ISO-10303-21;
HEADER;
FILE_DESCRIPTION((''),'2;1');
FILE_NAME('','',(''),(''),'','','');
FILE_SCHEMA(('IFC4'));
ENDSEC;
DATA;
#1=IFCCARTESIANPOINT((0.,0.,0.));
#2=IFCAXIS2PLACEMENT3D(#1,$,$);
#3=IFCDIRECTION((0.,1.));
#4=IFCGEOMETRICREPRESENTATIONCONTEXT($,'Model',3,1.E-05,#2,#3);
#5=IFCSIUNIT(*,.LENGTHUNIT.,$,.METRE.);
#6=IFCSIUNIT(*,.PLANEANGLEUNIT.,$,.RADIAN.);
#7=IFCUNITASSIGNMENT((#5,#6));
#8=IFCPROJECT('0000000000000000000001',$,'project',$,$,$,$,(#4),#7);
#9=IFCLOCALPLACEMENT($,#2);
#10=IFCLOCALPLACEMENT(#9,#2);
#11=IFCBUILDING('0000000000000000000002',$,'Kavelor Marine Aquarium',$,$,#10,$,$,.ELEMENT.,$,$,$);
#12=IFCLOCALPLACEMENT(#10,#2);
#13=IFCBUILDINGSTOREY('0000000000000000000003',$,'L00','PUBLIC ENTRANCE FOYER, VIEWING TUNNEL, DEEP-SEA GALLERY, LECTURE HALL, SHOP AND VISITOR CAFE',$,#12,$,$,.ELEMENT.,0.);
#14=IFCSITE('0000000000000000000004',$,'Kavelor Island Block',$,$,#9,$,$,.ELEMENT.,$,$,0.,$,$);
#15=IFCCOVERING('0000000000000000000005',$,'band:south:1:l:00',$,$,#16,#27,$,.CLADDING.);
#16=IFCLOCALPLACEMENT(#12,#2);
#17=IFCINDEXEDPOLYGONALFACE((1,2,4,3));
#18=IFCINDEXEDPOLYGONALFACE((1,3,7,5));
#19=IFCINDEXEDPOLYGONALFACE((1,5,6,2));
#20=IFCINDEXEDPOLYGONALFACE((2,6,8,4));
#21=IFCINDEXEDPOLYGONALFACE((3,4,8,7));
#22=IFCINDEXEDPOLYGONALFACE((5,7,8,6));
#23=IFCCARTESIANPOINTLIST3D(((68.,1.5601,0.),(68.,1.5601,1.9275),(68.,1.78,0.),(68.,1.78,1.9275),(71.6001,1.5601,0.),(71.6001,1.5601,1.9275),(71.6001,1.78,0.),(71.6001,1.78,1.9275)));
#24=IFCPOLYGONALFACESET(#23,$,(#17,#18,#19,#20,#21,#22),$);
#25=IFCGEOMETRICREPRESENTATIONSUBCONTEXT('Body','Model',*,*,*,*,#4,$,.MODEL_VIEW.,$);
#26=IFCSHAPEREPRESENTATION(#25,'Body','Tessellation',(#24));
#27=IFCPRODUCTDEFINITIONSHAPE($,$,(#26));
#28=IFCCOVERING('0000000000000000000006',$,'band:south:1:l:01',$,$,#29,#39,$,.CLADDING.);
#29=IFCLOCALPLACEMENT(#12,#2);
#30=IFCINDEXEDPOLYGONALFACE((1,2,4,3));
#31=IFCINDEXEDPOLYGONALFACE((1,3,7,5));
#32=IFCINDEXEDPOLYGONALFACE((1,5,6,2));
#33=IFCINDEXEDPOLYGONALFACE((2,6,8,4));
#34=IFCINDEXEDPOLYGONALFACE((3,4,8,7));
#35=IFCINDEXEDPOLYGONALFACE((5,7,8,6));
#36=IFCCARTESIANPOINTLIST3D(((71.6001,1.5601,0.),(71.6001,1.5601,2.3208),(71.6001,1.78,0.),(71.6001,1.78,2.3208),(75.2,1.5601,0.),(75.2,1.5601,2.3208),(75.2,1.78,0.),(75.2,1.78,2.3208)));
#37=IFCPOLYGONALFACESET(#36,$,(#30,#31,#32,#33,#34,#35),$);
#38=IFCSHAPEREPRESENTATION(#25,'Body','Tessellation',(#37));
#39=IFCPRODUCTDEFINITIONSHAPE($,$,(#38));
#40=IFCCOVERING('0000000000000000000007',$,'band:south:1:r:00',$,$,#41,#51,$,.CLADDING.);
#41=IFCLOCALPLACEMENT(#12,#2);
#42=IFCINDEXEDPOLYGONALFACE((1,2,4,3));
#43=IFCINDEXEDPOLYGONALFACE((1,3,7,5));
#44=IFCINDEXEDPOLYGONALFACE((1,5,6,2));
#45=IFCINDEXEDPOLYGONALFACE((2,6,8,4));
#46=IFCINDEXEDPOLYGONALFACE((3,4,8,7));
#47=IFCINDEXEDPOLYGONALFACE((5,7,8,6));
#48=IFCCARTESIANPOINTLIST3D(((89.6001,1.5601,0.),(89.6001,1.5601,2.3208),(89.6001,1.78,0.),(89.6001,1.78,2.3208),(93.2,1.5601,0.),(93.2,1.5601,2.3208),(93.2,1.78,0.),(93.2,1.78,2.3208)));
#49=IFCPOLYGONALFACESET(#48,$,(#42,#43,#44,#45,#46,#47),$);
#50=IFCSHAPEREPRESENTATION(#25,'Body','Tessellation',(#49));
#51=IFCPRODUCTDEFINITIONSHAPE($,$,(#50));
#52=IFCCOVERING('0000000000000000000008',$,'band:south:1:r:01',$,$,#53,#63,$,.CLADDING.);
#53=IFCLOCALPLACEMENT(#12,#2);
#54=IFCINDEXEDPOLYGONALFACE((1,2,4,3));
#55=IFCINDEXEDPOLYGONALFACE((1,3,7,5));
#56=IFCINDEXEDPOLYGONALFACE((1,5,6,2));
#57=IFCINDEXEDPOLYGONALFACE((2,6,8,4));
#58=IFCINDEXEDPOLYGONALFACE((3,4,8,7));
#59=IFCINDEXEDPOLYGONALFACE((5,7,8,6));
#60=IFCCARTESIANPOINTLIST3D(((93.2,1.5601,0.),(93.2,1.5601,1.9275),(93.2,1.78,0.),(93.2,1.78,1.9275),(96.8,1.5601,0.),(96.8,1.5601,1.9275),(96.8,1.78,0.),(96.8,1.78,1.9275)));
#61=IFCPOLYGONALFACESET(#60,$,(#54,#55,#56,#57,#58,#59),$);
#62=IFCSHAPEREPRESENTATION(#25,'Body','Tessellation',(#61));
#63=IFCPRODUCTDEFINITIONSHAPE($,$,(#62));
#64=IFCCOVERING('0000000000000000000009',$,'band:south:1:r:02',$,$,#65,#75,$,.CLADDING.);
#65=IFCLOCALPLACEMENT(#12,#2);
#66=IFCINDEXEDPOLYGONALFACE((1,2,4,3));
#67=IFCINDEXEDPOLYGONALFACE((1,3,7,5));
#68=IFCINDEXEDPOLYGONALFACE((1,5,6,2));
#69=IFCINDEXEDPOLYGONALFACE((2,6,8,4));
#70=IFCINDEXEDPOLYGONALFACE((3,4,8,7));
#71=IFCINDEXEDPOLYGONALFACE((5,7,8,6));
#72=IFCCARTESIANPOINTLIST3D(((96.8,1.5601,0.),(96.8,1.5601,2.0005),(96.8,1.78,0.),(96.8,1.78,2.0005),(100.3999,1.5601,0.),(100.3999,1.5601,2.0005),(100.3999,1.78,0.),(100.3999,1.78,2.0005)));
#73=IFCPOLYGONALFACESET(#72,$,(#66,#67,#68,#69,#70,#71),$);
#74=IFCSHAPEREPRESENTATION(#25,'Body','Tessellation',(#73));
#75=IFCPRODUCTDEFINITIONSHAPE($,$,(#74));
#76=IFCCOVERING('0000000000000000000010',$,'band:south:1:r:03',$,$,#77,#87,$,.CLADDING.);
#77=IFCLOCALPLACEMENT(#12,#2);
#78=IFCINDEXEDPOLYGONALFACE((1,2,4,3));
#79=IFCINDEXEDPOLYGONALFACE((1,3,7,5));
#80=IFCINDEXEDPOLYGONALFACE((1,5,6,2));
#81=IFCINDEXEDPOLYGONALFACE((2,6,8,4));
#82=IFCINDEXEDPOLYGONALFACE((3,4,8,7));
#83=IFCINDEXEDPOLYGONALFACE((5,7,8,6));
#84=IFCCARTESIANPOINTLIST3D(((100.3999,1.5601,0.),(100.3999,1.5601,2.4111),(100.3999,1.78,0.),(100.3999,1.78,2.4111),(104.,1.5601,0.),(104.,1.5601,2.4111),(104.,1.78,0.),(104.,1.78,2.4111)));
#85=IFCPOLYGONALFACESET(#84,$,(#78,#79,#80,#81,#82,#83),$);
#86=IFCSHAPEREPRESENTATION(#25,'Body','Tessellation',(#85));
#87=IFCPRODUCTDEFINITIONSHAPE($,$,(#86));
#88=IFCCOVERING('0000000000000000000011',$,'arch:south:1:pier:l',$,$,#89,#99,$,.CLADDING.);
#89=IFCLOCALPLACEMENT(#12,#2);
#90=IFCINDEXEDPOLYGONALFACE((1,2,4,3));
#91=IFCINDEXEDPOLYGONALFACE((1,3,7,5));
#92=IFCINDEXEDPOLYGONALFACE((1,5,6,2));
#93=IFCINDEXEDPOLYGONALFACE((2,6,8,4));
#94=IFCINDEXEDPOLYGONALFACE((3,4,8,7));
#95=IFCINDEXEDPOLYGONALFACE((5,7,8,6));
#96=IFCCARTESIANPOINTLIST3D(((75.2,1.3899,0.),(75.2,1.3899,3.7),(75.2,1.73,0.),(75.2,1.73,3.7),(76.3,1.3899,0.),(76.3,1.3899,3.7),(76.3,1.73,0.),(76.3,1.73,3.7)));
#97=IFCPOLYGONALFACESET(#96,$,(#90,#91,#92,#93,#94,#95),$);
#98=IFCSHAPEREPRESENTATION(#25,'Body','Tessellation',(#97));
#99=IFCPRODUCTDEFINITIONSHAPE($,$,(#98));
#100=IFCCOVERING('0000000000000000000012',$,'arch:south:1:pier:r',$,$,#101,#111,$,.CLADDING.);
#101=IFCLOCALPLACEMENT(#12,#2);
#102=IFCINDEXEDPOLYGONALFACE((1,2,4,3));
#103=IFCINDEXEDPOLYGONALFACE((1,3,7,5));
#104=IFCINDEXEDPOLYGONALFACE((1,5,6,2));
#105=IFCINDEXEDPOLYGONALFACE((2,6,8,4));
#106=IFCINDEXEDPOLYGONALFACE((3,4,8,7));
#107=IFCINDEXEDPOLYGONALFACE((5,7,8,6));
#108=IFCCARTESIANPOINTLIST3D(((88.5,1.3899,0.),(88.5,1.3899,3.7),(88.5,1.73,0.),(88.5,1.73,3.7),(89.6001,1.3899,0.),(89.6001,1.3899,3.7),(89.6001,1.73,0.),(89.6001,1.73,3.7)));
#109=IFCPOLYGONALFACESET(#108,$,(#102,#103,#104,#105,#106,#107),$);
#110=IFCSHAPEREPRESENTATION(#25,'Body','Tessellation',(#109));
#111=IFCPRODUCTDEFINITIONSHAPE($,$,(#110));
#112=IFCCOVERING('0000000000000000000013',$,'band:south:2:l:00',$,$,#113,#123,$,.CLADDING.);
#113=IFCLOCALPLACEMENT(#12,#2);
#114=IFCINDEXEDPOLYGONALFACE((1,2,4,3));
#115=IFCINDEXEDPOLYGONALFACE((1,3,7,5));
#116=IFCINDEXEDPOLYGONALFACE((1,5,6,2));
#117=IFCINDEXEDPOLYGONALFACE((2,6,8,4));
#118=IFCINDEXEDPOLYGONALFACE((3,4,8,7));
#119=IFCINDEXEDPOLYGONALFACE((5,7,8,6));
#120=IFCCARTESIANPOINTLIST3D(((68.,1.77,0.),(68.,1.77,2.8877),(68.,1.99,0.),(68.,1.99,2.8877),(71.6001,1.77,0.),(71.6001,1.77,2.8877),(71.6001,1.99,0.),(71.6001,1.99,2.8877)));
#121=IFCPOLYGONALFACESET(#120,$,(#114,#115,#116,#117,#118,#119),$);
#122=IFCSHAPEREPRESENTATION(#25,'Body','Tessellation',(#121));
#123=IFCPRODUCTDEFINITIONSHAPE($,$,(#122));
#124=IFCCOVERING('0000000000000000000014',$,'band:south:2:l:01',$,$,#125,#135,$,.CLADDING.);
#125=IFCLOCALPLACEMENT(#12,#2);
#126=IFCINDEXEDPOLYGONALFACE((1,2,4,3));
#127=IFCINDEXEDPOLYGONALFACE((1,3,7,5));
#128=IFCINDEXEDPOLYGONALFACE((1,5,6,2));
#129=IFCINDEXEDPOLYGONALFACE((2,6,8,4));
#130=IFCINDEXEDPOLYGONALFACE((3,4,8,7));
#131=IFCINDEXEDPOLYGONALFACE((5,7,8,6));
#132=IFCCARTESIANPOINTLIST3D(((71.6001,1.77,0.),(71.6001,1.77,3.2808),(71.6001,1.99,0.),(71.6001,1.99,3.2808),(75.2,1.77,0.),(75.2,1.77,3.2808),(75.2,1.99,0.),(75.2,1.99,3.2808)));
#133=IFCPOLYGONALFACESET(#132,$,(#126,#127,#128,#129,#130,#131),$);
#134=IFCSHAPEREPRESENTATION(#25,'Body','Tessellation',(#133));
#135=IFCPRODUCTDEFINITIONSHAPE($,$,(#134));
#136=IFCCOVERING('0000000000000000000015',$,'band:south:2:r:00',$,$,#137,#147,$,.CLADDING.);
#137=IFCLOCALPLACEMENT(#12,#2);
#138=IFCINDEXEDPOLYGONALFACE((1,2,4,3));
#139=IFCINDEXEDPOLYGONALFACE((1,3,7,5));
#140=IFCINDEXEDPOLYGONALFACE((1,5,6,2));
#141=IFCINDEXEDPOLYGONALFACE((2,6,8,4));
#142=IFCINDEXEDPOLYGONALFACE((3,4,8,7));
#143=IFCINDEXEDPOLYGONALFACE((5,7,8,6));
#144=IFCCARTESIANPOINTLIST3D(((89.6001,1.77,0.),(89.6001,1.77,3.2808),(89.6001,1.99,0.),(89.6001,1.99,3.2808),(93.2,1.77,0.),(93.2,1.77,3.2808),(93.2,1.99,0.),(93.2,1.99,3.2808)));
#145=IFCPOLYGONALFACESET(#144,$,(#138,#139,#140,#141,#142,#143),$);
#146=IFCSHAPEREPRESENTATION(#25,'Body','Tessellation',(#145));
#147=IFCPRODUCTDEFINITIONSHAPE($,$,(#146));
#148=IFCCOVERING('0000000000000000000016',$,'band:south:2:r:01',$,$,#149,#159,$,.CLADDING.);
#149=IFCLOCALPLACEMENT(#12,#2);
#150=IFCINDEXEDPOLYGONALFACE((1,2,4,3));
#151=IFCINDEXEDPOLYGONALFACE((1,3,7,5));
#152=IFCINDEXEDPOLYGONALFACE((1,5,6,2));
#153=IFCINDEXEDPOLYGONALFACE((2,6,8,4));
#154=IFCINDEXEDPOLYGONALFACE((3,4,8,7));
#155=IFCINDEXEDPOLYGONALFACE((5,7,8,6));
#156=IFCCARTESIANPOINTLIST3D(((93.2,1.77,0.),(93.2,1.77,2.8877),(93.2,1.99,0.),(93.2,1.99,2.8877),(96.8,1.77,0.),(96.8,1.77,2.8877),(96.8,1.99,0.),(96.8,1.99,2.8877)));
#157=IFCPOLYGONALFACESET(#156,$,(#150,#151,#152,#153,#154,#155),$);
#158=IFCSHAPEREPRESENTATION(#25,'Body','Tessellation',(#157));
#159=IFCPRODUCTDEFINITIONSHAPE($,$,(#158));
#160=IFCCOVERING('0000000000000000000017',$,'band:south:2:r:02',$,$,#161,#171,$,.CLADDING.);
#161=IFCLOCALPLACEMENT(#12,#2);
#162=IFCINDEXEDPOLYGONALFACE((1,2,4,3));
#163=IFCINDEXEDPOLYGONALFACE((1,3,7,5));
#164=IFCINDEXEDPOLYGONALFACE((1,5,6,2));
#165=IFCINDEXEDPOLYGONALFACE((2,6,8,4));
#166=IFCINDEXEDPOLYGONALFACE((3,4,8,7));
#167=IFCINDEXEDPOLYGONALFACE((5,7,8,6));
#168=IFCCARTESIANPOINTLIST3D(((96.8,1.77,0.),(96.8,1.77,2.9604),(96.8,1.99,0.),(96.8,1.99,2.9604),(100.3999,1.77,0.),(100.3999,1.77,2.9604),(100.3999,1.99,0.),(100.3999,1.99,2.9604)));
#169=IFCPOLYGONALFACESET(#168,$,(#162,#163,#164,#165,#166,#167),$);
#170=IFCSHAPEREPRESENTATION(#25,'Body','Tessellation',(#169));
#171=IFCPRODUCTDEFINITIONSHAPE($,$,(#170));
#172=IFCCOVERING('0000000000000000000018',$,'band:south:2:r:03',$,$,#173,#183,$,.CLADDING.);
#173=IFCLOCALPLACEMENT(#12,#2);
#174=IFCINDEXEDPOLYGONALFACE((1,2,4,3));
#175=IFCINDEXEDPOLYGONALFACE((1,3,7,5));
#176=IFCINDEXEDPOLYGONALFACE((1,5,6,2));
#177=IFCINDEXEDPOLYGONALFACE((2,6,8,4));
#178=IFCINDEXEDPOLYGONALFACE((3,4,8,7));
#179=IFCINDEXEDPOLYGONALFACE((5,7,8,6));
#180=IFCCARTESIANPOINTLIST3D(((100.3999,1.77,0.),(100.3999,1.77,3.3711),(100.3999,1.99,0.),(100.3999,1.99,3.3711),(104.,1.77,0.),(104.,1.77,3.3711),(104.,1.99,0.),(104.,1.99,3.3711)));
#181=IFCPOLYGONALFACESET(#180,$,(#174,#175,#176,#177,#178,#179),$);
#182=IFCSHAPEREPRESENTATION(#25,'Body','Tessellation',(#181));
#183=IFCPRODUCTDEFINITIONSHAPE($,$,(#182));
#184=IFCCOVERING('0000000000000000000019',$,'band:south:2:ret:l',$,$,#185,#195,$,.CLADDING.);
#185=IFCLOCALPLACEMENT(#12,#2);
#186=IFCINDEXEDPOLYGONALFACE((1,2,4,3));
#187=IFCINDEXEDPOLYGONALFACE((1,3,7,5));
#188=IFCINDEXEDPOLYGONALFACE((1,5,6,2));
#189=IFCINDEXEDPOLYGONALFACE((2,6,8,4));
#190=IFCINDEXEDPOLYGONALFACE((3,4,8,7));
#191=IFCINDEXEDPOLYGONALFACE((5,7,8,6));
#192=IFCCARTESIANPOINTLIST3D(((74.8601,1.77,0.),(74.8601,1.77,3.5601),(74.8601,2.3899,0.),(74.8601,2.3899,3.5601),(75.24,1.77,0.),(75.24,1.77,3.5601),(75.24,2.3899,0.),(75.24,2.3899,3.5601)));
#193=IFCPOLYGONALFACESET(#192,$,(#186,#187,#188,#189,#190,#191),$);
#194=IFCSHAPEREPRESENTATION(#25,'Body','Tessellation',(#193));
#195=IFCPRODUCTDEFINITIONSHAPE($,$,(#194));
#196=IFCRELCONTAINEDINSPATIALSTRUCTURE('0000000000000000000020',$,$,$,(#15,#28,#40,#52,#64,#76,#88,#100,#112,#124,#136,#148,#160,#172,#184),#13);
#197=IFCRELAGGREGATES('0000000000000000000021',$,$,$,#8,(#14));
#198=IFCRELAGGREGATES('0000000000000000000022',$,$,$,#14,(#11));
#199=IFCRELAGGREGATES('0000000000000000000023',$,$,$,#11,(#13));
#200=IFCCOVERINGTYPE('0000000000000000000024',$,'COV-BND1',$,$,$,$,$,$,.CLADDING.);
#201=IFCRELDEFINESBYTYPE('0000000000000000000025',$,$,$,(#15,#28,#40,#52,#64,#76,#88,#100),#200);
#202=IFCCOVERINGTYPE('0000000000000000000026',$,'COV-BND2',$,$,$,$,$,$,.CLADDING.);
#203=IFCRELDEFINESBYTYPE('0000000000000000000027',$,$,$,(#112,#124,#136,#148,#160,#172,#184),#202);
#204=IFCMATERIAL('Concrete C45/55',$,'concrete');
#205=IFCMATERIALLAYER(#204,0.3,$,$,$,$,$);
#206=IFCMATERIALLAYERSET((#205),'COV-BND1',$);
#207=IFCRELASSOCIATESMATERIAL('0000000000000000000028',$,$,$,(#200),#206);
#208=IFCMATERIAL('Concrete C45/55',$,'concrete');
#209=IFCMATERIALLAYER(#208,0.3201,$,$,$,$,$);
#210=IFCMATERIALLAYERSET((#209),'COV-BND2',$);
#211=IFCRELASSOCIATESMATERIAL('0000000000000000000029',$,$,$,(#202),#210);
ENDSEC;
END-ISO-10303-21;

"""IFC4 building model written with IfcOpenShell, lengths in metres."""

from ifc_helpers import new_model, si_unit, direction, origin, place, context, subcontext, project, spatial, polyline, outline, extrude, material, layer, layer_set, type_object, element, save


model = new_model("IFC4")

# Units and contexts
model_context = context("Model", 3, precision=1e-05, world=origin(), true_north=direction((0.0, 1.0)))
body_context = subcontext(model_context, "Body", "Model", "MODEL_VIEW")
ifc_project = project(units=[si_unit("LENGTHUNIT", "METRE"), si_unit("PLANEANGLEUNIT", "RADIAN")], contexts=[model_context])

# Site, building, storey
site_placement = place(None, origin())
site = spatial("IfcSite", under=ifc_project, at=site_placement, Name="Kavelor Island Block", CompositionType="ELEMENT", RefElevation=0.0)
building_placement = place(site_placement, origin())
building = spatial("IfcBuilding", under=site, at=building_placement, Name="Kavelor Marine Aquarium", CompositionType="ELEMENT")
storey_placement = place(building_placement, origin())
storey = spatial("IfcBuildingStorey", under=building, at=storey_placement, Name="L00", Description="PUBLIC ENTRANCE FOYER, VIEWING TUNNEL, DEEP-SEA GALLERY, LECTURE HALL, SHOP AND VISITOR CAFE", CompositionType="ELEMENT", Elevation=0.0)

# Coverings
ifc_material_1 = material(Name="Concrete C45/55", Category="concrete")
ifc_layer_1 = layer(ifc_material_1, 0.3)
ifc_layer_set_1 = layer_set([ifc_layer_1], Name="COV-BND1")
covering_type_1 = type_object("IfcCoveringType", Name="COV-BND1", PredefinedType="CLADDING", material=ifc_layer_set_1)
covering_1_placement = place(storey_placement, origin())
element("IfcCovering", 1, at=covering_1_placement, inside=storey, type_object=covering_type_1, Name="band:south:1:l:00", PredefinedType="CLADDING", context=body_context, shape_type="SweptSolid", body=[
    extrude(outline(polyline([(68.0, 1.5601), (71.6001, 1.5601), (71.6001, 1.78), (68.0, 1.78), (68.0, 1.5601)])), origin(), (0.0, 0.0, 1.0), 1.9275),
])
covering_2_placement = place(storey_placement, origin())
element("IfcCovering", 2, at=covering_2_placement, inside=storey, type_object=covering_type_1, Name="band:south:1:l:01", PredefinedType="CLADDING", context=body_context, shape_type="SweptSolid", body=[
    extrude(outline(polyline([(71.6001, 1.5601), (75.2, 1.5601), (75.2, 1.78), (71.6001, 1.78), (71.6001, 1.5601)])), origin(), (0.0, 0.0, 1.0), 2.3208),
])
covering_3_placement = place(storey_placement, origin())
element("IfcCovering", 3, at=covering_3_placement, inside=storey, type_object=covering_type_1, Name="band:south:1:r:00", PredefinedType="CLADDING", context=body_context, shape_type="SweptSolid", body=[
    extrude(outline(polyline([(89.6001, 1.5601), (93.2, 1.5601), (93.2, 1.78), (89.6001, 1.78), (89.6001, 1.5601)])), origin(), (0.0, 0.0, 1.0), 2.3208),
])
covering_4_placement = place(storey_placement, origin())
element("IfcCovering", 4, at=covering_4_placement, inside=storey, type_object=covering_type_1, Name="band:south:1:r:01", PredefinedType="CLADDING", context=body_context, shape_type="SweptSolid", body=[
    extrude(outline(polyline([(93.2, 1.5601), (96.8, 1.5601), (96.8, 1.78), (93.2, 1.78), (93.2, 1.5601)])), origin(), (0.0, 0.0, 1.0), 1.9275),
])
covering_5_placement = place(storey_placement, origin())
element("IfcCovering", 5, at=covering_5_placement, inside=storey, type_object=covering_type_1, Name="band:south:1:r:02", PredefinedType="CLADDING", context=body_context, shape_type="SweptSolid", body=[
    extrude(outline(polyline([(96.8, 1.5601), (100.3999, 1.5601), (100.3999, 1.78), (96.8, 1.78), (96.8, 1.5601)])), origin(), (0.0, 0.0, 1.0), 2.0005),
])
covering_6_placement = place(storey_placement, origin())
element("IfcCovering", 6, at=covering_6_placement, inside=storey, type_object=covering_type_1, Name="band:south:1:r:03", PredefinedType="CLADDING", context=body_context, shape_type="SweptSolid", body=[
    extrude(outline(polyline([(100.3999, 1.5601), (104.0, 1.5601), (104.0, 1.78), (100.3999, 1.78), (100.3999, 1.5601)])), origin(), (0.0, 0.0, 1.0), 2.4111),
])
covering_7_placement = place(storey_placement, origin())
element("IfcCovering", 7, at=covering_7_placement, inside=storey, type_object=covering_type_1, Name="arch:south:1:pier:l", PredefinedType="CLADDING", context=body_context, shape_type="SweptSolid", body=[
    extrude(outline(polyline([(75.2, 1.3899), (76.3, 1.3899), (76.3, 1.73), (75.2, 1.73), (75.2, 1.3899)])), origin(), (0.0, 0.0, 1.0), 3.7),
])
covering_8_placement = place(storey_placement, origin())
element("IfcCovering", 8, at=covering_8_placement, inside=storey, type_object=covering_type_1, Name="arch:south:1:pier:r", PredefinedType="CLADDING", context=body_context, shape_type="SweptSolid", body=[
    extrude(outline(polyline([(88.5, 1.3899), (89.6001, 1.3899), (89.6001, 1.73), (88.5, 1.73), (88.5, 1.3899)])), origin(), (0.0, 0.0, 1.0), 3.7),
])
ifc_material_2 = material(Name="Concrete C45/55", Category="concrete")
ifc_layer_2 = layer(ifc_material_2, 0.3201)
ifc_layer_set_2 = layer_set([ifc_layer_2], Name="COV-BND2")
covering_type_2 = type_object("IfcCoveringType", Name="COV-BND2", PredefinedType="CLADDING", material=ifc_layer_set_2)
covering_9_placement = place(storey_placement, origin())
element("IfcCovering", 9, at=covering_9_placement, inside=storey, type_object=covering_type_2, Name="band:south:2:l:00", PredefinedType="CLADDING", context=body_context, shape_type="SweptSolid", body=[
    extrude(outline(polyline([(68.0, 1.77), (71.6001, 1.77), (71.6001, 1.99), (68.0, 1.99), (68.0, 1.77)])), origin(), (0.0, 0.0, 1.0), 2.8877),
])
covering_10_placement = place(storey_placement, origin())
element("IfcCovering", 10, at=covering_10_placement, inside=storey, type_object=covering_type_2, Name="band:south:2:l:01", PredefinedType="CLADDING", context=body_context, shape_type="SweptSolid", body=[
    extrude(outline(polyline([(71.6001, 1.77), (75.2, 1.77), (75.2, 1.99), (71.6001, 1.99), (71.6001, 1.77)])), origin(), (0.0, 0.0, 1.0), 3.2808),
])
covering_11_placement = place(storey_placement, origin())
element("IfcCovering", 11, at=covering_11_placement, inside=storey, type_object=covering_type_2, Name="band:south:2:r:00", PredefinedType="CLADDING", context=body_context, shape_type="SweptSolid", body=[
    extrude(outline(polyline([(89.6001, 1.77), (93.2, 1.77), (93.2, 1.99), (89.6001, 1.99), (89.6001, 1.77)])), origin(), (0.0, 0.0, 1.0), 3.2808),
])
covering_12_placement = place(storey_placement, origin())
element("IfcCovering", 12, at=covering_12_placement, inside=storey, type_object=covering_type_2, Name="band:south:2:r:01", PredefinedType="CLADDING", context=body_context, shape_type="SweptSolid", body=[
    extrude(outline(polyline([(93.2, 1.77), (96.8, 1.77), (96.8, 1.99), (93.2, 1.99), (93.2, 1.77)])), origin(), (0.0, 0.0, 1.0), 2.8877),
])
covering_13_placement = place(storey_placement, origin())
element("IfcCovering", 13, at=covering_13_placement, inside=storey, type_object=covering_type_2, Name="band:south:2:r:02", PredefinedType="CLADDING", context=body_context, shape_type="SweptSolid", body=[
    extrude(outline(polyline([(96.8, 1.77), (100.3999, 1.77), (100.3999, 1.99), (96.8, 1.99), (96.8, 1.77)])), origin(), (0.0, 0.0, 1.0), 2.9604),
])
covering_14_placement = place(storey_placement, origin())
element("IfcCovering", 14, at=covering_14_placement, inside=storey, type_object=covering_type_2, Name="band:south:2:r:03", PredefinedType="CLADDING", context=body_context, shape_type="SweptSolid", body=[
    extrude(outline(polyline([(100.3999, 1.77), (104.0, 1.77), (104.0, 1.99), (100.3999, 1.99), (100.3999, 1.77)])), origin(), (0.0, 0.0, 1.0), 3.3711),
])
covering_15_placement = place(storey_placement, origin())
element("IfcCovering", 15, at=covering_15_placement, inside=storey, type_object=covering_type_2, Name="band:south:2:ret:l", PredefinedType="CLADDING", context=body_context, shape_type="SweptSolid", body=[
    extrude(outline(polyline([(74.8601, 1.77), (75.24, 1.77), (75.24, 2.3899), (74.8601, 2.3899), (74.8601, 1.77)])), origin(), (0.0, 0.0, 1.0), 3.5601),
])

save(model, "model.ifc")
